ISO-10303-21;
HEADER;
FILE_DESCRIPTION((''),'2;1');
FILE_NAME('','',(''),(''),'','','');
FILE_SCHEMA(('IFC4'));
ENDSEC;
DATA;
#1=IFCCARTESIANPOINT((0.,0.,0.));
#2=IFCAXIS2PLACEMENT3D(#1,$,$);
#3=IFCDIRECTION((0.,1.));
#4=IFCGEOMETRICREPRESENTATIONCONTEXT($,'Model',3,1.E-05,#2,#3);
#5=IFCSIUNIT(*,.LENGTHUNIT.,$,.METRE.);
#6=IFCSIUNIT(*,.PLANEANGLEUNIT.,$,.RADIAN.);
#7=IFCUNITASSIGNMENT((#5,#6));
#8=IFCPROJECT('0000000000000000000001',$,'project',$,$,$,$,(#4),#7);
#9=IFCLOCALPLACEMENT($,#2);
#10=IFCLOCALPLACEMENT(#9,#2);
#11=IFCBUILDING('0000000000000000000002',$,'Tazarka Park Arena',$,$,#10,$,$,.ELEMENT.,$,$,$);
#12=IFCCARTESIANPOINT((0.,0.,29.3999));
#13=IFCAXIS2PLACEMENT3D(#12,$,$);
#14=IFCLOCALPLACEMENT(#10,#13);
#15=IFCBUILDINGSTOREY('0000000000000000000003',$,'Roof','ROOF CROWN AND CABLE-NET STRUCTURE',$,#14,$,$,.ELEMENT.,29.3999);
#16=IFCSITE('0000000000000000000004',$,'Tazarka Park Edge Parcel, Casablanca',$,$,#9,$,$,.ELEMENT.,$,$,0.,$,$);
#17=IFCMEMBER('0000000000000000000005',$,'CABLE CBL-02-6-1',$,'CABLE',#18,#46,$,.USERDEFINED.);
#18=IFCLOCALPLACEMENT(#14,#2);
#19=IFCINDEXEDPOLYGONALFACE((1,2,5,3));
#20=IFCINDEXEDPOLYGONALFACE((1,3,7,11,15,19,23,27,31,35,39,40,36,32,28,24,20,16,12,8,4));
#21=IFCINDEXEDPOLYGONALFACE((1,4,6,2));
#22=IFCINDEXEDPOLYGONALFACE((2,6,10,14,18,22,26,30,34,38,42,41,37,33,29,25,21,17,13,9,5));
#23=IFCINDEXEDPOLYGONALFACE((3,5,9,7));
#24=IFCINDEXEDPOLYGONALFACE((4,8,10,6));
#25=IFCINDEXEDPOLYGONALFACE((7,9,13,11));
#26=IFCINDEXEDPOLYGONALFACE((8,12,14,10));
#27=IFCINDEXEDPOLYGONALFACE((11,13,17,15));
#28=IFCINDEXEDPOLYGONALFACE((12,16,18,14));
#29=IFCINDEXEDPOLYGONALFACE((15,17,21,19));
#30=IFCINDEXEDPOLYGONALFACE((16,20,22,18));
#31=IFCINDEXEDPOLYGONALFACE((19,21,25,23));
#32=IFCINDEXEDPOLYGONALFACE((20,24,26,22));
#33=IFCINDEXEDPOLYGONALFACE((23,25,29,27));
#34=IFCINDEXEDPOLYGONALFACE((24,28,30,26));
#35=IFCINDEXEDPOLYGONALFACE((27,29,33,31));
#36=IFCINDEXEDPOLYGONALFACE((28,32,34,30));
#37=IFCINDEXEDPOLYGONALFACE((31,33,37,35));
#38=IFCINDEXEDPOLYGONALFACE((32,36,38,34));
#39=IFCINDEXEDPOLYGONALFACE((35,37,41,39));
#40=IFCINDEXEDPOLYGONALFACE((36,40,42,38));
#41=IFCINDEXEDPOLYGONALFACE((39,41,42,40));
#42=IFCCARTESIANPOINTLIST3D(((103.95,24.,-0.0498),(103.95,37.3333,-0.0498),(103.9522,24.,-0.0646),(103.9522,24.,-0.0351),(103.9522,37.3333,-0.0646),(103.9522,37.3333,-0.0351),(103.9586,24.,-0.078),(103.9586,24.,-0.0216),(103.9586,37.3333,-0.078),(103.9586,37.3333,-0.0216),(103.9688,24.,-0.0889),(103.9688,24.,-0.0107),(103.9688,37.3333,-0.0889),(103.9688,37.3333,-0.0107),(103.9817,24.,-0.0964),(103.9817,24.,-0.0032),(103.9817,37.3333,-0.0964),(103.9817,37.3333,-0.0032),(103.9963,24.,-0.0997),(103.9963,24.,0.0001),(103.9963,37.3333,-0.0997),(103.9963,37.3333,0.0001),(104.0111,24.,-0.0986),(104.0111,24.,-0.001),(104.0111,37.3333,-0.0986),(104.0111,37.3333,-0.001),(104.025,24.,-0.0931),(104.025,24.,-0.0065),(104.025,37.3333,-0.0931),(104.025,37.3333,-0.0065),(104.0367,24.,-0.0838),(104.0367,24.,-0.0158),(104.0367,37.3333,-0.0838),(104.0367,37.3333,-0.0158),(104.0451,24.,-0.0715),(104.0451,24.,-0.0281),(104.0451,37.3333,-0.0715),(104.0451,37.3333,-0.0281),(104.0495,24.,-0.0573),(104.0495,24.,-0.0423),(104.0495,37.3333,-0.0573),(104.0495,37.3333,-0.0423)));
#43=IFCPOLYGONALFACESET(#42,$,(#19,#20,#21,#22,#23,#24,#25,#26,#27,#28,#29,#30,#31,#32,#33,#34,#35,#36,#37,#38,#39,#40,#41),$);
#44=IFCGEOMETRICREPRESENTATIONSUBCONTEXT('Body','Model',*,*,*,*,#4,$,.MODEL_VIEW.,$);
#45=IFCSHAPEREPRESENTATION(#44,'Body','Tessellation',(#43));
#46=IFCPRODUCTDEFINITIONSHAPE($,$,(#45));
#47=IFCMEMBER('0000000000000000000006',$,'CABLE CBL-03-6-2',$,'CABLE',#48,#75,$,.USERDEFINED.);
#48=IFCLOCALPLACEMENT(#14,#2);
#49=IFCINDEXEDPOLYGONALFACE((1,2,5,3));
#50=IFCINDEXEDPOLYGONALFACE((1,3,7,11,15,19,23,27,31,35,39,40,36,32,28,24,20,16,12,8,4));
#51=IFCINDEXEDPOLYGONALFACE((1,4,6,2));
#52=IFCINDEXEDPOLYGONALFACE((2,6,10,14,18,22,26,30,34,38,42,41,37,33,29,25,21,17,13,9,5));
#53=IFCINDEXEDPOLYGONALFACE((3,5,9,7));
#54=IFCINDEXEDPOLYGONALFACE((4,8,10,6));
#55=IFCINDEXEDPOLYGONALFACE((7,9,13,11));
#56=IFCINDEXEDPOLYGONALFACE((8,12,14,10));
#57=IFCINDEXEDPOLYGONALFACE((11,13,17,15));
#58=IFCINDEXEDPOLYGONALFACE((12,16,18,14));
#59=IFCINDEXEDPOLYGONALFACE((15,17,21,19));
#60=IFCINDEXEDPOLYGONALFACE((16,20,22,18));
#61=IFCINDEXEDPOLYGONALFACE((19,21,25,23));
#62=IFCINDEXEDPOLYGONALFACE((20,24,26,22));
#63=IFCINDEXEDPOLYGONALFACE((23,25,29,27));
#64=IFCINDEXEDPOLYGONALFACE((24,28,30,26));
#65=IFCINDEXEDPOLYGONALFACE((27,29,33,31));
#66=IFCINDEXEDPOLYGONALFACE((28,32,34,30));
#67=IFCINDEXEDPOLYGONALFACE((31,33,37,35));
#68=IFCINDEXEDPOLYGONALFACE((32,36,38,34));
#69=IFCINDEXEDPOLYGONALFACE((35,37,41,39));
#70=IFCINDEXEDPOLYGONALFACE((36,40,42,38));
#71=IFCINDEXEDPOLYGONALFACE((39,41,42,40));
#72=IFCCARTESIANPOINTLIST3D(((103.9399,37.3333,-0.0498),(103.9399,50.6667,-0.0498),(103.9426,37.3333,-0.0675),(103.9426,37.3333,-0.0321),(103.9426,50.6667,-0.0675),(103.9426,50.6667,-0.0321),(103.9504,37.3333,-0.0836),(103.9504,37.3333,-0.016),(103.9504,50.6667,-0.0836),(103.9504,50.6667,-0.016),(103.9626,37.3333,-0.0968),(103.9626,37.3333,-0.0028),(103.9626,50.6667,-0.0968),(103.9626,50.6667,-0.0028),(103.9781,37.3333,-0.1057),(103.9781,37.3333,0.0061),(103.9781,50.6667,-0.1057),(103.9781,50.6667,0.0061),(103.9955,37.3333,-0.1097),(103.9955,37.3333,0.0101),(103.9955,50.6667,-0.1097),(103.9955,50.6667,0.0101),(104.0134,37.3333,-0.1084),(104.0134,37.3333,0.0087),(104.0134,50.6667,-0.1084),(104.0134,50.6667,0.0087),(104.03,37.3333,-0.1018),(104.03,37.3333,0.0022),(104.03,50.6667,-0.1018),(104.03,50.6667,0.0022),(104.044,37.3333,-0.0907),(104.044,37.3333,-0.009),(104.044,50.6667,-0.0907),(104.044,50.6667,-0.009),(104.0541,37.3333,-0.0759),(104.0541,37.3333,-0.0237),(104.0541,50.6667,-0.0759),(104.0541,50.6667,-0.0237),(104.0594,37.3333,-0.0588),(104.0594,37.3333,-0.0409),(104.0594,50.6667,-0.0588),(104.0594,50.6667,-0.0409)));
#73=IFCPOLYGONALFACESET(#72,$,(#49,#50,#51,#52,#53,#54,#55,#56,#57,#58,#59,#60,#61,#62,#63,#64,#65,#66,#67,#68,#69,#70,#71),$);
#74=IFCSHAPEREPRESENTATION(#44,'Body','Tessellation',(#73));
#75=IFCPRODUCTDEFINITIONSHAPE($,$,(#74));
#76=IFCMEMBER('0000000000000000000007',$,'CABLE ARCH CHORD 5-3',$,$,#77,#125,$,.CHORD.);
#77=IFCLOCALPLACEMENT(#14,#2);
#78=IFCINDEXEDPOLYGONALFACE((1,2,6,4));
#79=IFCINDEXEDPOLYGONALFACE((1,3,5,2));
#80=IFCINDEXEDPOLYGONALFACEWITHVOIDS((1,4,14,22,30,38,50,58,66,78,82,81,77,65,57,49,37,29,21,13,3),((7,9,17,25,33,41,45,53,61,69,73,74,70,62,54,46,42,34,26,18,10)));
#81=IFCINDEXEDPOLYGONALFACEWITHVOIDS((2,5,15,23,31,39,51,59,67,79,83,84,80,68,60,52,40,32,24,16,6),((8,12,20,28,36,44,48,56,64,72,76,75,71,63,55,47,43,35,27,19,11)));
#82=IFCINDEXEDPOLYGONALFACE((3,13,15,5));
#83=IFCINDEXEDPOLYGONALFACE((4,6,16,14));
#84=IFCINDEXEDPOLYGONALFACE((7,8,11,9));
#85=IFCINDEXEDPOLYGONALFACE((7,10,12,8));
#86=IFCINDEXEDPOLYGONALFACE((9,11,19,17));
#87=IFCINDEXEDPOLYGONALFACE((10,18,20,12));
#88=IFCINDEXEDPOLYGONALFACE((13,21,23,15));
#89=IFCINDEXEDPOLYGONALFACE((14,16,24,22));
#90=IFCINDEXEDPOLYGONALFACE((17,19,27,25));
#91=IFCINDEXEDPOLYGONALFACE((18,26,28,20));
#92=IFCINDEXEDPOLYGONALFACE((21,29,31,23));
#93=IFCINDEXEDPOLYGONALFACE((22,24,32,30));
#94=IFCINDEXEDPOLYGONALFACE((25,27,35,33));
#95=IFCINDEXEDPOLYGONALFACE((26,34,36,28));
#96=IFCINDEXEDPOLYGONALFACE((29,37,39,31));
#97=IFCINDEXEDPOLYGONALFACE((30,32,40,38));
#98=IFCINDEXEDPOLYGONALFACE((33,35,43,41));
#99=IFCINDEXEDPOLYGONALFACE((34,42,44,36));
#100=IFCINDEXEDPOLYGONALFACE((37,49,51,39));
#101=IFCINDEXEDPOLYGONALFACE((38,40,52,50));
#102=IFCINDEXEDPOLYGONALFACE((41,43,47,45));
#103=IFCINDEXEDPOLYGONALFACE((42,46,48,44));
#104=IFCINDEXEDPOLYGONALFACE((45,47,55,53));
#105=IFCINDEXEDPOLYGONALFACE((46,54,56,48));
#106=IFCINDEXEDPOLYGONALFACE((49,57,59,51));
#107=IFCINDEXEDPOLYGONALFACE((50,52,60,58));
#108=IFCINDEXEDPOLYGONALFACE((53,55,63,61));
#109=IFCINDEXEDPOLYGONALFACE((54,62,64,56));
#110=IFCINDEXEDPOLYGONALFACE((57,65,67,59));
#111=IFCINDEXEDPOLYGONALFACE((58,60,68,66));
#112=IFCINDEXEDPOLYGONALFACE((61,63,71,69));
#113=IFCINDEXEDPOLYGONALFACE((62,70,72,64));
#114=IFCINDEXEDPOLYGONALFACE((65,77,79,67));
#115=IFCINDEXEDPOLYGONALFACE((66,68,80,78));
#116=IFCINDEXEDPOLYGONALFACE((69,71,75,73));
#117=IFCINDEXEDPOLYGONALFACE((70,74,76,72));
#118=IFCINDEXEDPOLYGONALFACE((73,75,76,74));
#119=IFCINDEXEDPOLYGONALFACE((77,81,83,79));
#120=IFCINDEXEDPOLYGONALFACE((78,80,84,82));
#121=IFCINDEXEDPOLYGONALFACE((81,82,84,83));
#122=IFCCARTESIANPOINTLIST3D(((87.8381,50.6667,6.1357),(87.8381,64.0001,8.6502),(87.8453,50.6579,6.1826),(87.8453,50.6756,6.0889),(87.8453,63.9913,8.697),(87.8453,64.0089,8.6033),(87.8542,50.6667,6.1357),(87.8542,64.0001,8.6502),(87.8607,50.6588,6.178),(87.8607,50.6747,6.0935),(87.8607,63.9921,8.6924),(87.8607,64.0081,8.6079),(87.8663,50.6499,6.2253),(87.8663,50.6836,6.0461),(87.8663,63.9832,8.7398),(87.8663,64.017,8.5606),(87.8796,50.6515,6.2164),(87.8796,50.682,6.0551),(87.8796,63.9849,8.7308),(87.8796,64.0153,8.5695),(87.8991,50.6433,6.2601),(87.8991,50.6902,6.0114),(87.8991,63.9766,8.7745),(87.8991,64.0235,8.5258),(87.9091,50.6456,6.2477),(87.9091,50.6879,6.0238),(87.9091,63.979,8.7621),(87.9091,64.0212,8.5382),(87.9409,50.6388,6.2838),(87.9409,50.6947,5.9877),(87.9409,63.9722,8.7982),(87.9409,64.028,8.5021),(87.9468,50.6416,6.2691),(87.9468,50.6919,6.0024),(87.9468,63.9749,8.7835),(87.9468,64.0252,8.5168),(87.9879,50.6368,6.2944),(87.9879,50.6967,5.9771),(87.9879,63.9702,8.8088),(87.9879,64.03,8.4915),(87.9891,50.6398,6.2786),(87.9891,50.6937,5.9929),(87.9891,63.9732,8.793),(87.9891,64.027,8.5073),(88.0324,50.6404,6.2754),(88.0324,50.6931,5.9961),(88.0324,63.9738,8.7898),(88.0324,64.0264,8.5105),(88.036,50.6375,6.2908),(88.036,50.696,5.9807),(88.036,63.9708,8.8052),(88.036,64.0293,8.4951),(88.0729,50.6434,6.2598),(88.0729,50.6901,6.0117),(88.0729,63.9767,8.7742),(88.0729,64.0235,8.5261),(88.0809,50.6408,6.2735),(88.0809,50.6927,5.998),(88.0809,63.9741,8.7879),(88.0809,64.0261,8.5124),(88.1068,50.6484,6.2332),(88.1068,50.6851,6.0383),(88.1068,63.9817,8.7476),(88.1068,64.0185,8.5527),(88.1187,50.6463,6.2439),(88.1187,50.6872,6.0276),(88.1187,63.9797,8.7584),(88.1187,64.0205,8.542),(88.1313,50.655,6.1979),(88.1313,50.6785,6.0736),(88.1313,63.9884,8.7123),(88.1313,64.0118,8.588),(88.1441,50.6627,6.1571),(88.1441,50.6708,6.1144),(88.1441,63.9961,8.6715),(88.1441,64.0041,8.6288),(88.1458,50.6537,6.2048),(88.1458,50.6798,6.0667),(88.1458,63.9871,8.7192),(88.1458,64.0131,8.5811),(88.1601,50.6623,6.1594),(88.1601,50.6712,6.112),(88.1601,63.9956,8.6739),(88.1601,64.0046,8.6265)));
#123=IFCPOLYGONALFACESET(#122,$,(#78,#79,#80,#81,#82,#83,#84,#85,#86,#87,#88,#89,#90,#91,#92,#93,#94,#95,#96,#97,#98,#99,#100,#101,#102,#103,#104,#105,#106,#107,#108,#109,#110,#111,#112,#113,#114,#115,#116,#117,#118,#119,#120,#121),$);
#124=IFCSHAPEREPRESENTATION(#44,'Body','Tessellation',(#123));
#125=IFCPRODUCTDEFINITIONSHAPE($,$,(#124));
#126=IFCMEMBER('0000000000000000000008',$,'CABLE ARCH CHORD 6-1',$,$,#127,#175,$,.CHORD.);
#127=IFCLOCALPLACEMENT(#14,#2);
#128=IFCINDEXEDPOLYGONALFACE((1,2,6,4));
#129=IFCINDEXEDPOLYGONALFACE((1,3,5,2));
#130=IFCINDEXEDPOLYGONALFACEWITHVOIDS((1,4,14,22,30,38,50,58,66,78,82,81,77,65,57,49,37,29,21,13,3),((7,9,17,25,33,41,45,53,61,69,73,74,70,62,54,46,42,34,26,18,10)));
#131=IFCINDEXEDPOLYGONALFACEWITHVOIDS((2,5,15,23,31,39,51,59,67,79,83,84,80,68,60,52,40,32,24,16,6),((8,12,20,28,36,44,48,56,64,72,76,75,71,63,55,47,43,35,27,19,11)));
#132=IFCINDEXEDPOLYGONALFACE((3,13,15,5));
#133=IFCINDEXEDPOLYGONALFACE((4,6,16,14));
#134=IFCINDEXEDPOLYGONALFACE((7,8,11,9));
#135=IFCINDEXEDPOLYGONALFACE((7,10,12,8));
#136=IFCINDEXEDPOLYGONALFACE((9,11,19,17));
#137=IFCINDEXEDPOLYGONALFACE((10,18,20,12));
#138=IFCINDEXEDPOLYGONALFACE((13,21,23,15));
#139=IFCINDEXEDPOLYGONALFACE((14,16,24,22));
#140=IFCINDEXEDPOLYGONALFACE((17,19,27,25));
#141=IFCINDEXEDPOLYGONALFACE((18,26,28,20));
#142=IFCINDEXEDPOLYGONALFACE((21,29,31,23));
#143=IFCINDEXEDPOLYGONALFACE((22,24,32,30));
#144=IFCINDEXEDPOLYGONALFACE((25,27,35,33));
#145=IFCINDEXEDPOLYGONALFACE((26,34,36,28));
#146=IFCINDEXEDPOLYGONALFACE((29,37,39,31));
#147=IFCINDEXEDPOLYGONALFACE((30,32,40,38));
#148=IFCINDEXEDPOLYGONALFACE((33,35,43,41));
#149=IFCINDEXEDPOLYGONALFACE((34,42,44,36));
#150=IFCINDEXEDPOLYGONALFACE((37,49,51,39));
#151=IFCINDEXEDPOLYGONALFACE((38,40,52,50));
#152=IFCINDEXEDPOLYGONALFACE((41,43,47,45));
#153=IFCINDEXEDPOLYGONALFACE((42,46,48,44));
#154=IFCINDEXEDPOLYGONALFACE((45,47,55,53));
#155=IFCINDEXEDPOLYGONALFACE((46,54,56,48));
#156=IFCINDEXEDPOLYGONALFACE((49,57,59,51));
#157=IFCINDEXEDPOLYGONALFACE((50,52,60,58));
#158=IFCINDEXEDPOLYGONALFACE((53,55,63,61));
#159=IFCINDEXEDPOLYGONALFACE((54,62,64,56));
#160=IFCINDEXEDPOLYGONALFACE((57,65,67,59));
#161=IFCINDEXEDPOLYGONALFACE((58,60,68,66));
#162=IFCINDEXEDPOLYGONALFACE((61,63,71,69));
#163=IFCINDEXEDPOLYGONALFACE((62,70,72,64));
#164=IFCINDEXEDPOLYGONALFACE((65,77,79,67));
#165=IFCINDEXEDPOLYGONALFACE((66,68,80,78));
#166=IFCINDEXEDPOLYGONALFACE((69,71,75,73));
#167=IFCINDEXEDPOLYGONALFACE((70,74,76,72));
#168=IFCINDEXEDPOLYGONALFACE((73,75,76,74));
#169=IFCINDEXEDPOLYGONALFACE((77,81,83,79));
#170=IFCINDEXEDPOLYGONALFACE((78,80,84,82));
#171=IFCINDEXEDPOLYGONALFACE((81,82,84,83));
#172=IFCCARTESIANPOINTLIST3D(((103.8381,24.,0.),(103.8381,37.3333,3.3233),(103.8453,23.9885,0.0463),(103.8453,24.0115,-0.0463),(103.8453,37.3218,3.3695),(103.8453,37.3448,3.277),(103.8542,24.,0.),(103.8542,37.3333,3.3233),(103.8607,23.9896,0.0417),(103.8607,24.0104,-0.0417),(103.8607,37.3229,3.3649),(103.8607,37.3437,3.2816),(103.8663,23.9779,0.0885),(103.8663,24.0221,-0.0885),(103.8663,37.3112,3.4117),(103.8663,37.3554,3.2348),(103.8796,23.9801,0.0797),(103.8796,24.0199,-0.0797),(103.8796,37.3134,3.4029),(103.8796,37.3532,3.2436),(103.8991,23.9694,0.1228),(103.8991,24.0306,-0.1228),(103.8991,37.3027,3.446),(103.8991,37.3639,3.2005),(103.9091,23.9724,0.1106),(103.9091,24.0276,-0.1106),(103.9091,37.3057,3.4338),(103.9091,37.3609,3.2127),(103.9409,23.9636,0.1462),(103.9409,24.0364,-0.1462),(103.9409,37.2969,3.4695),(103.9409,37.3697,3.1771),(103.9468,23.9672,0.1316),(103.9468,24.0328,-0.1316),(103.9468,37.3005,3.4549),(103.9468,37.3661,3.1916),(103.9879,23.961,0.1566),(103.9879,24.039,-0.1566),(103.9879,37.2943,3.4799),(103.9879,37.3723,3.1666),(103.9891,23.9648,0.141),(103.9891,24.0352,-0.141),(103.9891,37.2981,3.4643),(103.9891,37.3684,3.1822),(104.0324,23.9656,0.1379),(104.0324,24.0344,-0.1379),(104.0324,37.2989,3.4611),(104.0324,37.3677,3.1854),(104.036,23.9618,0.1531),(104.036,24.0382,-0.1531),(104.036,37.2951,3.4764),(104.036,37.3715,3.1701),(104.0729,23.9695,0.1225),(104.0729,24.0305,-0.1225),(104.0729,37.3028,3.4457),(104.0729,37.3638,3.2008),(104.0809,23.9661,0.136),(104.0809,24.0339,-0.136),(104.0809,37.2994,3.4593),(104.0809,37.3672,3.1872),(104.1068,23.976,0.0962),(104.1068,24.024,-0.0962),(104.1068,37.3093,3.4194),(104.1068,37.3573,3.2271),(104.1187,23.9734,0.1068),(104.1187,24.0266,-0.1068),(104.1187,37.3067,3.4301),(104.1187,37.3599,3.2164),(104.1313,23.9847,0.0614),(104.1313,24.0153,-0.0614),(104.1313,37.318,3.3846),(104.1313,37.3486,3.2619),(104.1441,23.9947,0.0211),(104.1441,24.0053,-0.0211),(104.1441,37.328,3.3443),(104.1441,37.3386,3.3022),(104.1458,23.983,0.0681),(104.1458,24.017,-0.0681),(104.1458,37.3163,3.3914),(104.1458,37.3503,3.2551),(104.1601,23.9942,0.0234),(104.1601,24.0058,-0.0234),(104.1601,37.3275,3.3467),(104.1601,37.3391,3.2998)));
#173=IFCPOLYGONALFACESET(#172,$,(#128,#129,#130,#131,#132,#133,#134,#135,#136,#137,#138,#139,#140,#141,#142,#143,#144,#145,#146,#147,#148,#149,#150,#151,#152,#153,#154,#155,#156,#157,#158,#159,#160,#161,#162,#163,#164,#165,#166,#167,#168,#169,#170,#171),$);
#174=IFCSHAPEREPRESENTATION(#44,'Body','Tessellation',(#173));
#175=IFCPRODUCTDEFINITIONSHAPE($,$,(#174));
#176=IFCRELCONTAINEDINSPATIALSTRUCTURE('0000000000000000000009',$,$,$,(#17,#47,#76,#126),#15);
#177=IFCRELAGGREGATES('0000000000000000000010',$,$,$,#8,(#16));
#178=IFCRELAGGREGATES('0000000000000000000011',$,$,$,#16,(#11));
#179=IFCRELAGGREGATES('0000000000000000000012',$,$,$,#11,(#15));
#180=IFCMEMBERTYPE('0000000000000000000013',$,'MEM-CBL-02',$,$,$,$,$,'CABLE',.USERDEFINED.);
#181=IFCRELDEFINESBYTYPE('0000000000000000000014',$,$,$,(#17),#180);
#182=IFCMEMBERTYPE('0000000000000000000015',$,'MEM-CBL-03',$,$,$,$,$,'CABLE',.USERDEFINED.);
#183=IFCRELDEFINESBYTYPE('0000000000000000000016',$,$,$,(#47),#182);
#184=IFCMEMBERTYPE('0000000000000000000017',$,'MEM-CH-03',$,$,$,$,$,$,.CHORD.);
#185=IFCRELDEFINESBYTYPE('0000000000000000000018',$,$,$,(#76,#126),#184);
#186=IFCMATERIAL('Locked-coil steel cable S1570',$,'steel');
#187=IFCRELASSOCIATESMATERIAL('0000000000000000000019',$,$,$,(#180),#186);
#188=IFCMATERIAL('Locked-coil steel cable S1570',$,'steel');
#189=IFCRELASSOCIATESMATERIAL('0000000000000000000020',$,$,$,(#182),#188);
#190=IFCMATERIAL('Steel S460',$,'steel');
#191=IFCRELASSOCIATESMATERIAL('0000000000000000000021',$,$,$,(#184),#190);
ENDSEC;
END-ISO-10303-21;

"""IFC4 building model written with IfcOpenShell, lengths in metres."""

from ifc_helpers import new_model, si_unit, direction, frame, origin, origin_2d, place, context, subcontext, project, spatial, circle, hollow_circle, extrude, material, material_profile, profile_set, type_object, element, save


model = new_model("IFC4")

# Units and contexts
model_context = context("Model", 3, precision=1e-05, world=origin(), true_north=direction((0.0, 1.0)))
body_context = subcontext(model_context, "Body", "Model", "MODEL_VIEW")
ifc_project = project(units=[si_unit("LENGTHUNIT", "METRE"), si_unit("PLANEANGLEUNIT", "RADIAN")], contexts=[model_context])

# Site, building, storey
site_placement = place(None, origin())
site = spatial("IfcSite", under=ifc_project, at=site_placement, Name="Tazarka Park Edge Parcel, Casablanca", CompositionType="ELEMENT", RefElevation=0.0)
building_placement = place(site_placement, origin())
building = spatial("IfcBuilding", under=site, at=building_placement, Name="Tazarka Park Arena", CompositionType="ELEMENT")
storey_placement = place(building_placement, frame((0.0, 0.0, 29.3999)))
storey = spatial("IfcBuildingStorey", under=building, at=storey_placement, Name="Roof", Description="ROOF CROWN AND CABLE-NET STRUCTURE", CompositionType="ELEMENT", Elevation=29.3999)

# Members
ifc_material_1 = material(Name="Locked-coil steel cable S1570", Category="steel")
ifc_material_profile_1 = material_profile(ifc_material_1, circle(Radius=0.05, at=origin_2d()), Name="Locked-coil steel cable S1570")
ifc_profile_set_1 = profile_set([ifc_material_profile_1], Name="Locked-coil steel cable S1570")
member_type_1 = type_object("IfcMemberType", Name="MEM-CBL-02", ElementType="CABLE", PredefinedType="USERDEFINED", material=ifc_profile_set_1)
member_1_placement = place(storey_placement, frame((104.0, 24.0, -0.0498), z_axis=(0.0, 1.0, 0.0), x_axis=(-1.0, 0.0, 0.0)))
element("IfcMember", 1, at=member_1_placement, inside=storey, type_object=member_type_1, Name="CABLE CBL-02-6-1", ObjectType="CABLE", PredefinedType="USERDEFINED", context=body_context, shape_type="SweptSolid", body=[
    extrude(circle(Radius=0.05, at=origin_2d()), origin(), (0.0, 0.0, 1.0), 13.3333),
])
ifc_material_2 = material(Name="Locked-coil steel cable S1570", Category="steel")
ifc_material_profile_2 = material_profile(ifc_material_2, circle(Radius=0.0601, at=origin_2d()), Name="Locked-coil steel cable S1570")
ifc_profile_set_2 = profile_set([ifc_material_profile_2], Name="Locked-coil steel cable S1570")
member_type_2 = type_object("IfcMemberType", Name="MEM-CBL-03", ElementType="CABLE", PredefinedType="USERDEFINED", material=ifc_profile_set_2)
member_2_placement = place(storey_placement, frame((104.0, 37.3333, -0.0498), z_axis=(0.0, 1.0, 0.0), x_axis=(-1.0, 0.0, 0.0)))
element("IfcMember", 2, at=member_2_placement, inside=storey, type_object=member_type_2, Name="CABLE CBL-03-6-2", ObjectType="CABLE", PredefinedType="USERDEFINED", context=body_context, shape_type="SweptSolid", body=[
    extrude(circle(Radius=0.0601, at=origin_2d()), origin(), (0.0, 0.0, 1.0), 13.3335),
])
ifc_material_3 = material(Name="Steel S460", Category="steel")
ifc_material_profile_3 = material_profile(ifc_material_3, hollow_circle(Radius=0.1619, WallThickness=0.0161, at=origin_2d()), Name="Steel S460")
ifc_profile_set_3 = profile_set([ifc_material_profile_3], Name="Steel S460")
member_type_3 = type_object("IfcMemberType", Name="MEM-CH-03", PredefinedType="CHORD", material=ifc_profile_set_3)
member_3_placement = place(storey_placement, frame((88.0, 50.6667, 6.1357), z_axis=(0.0, 0.982679, 0.185315), x_axis=(-1.0, 0.0, 0.0)))
element("IfcMember", 3, at=member_3_placement, inside=storey, type_object=member_type_3, Name="CABLE ARCH CHORD 5-3", PredefinedType="CHORD", context=body_context, shape_type="SweptSolid", body=[
    extrude(hollow_circle(Radius=0.1619, WallThickness=0.0161, at=origin_2d()), origin(), (0.0, 0.0, 1.0), 13.5684),
])
member_4_placement = place(storey_placement, frame((104.0, 24.0, 0.0), z_axis=(0.0, 0.970315, 0.241846), x_axis=(-1.0, 0.0, 0.0)))
element("IfcMember", 4, at=member_4_placement, inside=storey, type_object=member_type_3, Name="CABLE ARCH CHORD 6-1", PredefinedType="CHORD", context=body_context, shape_type="SweptSolid", body=[
    extrude(hollow_circle(Radius=0.1619, WallThickness=0.0161, at=origin_2d()), origin(), (0.0, 0.0, 1.0), 13.7412),
])

save(model, "model.ifc")
